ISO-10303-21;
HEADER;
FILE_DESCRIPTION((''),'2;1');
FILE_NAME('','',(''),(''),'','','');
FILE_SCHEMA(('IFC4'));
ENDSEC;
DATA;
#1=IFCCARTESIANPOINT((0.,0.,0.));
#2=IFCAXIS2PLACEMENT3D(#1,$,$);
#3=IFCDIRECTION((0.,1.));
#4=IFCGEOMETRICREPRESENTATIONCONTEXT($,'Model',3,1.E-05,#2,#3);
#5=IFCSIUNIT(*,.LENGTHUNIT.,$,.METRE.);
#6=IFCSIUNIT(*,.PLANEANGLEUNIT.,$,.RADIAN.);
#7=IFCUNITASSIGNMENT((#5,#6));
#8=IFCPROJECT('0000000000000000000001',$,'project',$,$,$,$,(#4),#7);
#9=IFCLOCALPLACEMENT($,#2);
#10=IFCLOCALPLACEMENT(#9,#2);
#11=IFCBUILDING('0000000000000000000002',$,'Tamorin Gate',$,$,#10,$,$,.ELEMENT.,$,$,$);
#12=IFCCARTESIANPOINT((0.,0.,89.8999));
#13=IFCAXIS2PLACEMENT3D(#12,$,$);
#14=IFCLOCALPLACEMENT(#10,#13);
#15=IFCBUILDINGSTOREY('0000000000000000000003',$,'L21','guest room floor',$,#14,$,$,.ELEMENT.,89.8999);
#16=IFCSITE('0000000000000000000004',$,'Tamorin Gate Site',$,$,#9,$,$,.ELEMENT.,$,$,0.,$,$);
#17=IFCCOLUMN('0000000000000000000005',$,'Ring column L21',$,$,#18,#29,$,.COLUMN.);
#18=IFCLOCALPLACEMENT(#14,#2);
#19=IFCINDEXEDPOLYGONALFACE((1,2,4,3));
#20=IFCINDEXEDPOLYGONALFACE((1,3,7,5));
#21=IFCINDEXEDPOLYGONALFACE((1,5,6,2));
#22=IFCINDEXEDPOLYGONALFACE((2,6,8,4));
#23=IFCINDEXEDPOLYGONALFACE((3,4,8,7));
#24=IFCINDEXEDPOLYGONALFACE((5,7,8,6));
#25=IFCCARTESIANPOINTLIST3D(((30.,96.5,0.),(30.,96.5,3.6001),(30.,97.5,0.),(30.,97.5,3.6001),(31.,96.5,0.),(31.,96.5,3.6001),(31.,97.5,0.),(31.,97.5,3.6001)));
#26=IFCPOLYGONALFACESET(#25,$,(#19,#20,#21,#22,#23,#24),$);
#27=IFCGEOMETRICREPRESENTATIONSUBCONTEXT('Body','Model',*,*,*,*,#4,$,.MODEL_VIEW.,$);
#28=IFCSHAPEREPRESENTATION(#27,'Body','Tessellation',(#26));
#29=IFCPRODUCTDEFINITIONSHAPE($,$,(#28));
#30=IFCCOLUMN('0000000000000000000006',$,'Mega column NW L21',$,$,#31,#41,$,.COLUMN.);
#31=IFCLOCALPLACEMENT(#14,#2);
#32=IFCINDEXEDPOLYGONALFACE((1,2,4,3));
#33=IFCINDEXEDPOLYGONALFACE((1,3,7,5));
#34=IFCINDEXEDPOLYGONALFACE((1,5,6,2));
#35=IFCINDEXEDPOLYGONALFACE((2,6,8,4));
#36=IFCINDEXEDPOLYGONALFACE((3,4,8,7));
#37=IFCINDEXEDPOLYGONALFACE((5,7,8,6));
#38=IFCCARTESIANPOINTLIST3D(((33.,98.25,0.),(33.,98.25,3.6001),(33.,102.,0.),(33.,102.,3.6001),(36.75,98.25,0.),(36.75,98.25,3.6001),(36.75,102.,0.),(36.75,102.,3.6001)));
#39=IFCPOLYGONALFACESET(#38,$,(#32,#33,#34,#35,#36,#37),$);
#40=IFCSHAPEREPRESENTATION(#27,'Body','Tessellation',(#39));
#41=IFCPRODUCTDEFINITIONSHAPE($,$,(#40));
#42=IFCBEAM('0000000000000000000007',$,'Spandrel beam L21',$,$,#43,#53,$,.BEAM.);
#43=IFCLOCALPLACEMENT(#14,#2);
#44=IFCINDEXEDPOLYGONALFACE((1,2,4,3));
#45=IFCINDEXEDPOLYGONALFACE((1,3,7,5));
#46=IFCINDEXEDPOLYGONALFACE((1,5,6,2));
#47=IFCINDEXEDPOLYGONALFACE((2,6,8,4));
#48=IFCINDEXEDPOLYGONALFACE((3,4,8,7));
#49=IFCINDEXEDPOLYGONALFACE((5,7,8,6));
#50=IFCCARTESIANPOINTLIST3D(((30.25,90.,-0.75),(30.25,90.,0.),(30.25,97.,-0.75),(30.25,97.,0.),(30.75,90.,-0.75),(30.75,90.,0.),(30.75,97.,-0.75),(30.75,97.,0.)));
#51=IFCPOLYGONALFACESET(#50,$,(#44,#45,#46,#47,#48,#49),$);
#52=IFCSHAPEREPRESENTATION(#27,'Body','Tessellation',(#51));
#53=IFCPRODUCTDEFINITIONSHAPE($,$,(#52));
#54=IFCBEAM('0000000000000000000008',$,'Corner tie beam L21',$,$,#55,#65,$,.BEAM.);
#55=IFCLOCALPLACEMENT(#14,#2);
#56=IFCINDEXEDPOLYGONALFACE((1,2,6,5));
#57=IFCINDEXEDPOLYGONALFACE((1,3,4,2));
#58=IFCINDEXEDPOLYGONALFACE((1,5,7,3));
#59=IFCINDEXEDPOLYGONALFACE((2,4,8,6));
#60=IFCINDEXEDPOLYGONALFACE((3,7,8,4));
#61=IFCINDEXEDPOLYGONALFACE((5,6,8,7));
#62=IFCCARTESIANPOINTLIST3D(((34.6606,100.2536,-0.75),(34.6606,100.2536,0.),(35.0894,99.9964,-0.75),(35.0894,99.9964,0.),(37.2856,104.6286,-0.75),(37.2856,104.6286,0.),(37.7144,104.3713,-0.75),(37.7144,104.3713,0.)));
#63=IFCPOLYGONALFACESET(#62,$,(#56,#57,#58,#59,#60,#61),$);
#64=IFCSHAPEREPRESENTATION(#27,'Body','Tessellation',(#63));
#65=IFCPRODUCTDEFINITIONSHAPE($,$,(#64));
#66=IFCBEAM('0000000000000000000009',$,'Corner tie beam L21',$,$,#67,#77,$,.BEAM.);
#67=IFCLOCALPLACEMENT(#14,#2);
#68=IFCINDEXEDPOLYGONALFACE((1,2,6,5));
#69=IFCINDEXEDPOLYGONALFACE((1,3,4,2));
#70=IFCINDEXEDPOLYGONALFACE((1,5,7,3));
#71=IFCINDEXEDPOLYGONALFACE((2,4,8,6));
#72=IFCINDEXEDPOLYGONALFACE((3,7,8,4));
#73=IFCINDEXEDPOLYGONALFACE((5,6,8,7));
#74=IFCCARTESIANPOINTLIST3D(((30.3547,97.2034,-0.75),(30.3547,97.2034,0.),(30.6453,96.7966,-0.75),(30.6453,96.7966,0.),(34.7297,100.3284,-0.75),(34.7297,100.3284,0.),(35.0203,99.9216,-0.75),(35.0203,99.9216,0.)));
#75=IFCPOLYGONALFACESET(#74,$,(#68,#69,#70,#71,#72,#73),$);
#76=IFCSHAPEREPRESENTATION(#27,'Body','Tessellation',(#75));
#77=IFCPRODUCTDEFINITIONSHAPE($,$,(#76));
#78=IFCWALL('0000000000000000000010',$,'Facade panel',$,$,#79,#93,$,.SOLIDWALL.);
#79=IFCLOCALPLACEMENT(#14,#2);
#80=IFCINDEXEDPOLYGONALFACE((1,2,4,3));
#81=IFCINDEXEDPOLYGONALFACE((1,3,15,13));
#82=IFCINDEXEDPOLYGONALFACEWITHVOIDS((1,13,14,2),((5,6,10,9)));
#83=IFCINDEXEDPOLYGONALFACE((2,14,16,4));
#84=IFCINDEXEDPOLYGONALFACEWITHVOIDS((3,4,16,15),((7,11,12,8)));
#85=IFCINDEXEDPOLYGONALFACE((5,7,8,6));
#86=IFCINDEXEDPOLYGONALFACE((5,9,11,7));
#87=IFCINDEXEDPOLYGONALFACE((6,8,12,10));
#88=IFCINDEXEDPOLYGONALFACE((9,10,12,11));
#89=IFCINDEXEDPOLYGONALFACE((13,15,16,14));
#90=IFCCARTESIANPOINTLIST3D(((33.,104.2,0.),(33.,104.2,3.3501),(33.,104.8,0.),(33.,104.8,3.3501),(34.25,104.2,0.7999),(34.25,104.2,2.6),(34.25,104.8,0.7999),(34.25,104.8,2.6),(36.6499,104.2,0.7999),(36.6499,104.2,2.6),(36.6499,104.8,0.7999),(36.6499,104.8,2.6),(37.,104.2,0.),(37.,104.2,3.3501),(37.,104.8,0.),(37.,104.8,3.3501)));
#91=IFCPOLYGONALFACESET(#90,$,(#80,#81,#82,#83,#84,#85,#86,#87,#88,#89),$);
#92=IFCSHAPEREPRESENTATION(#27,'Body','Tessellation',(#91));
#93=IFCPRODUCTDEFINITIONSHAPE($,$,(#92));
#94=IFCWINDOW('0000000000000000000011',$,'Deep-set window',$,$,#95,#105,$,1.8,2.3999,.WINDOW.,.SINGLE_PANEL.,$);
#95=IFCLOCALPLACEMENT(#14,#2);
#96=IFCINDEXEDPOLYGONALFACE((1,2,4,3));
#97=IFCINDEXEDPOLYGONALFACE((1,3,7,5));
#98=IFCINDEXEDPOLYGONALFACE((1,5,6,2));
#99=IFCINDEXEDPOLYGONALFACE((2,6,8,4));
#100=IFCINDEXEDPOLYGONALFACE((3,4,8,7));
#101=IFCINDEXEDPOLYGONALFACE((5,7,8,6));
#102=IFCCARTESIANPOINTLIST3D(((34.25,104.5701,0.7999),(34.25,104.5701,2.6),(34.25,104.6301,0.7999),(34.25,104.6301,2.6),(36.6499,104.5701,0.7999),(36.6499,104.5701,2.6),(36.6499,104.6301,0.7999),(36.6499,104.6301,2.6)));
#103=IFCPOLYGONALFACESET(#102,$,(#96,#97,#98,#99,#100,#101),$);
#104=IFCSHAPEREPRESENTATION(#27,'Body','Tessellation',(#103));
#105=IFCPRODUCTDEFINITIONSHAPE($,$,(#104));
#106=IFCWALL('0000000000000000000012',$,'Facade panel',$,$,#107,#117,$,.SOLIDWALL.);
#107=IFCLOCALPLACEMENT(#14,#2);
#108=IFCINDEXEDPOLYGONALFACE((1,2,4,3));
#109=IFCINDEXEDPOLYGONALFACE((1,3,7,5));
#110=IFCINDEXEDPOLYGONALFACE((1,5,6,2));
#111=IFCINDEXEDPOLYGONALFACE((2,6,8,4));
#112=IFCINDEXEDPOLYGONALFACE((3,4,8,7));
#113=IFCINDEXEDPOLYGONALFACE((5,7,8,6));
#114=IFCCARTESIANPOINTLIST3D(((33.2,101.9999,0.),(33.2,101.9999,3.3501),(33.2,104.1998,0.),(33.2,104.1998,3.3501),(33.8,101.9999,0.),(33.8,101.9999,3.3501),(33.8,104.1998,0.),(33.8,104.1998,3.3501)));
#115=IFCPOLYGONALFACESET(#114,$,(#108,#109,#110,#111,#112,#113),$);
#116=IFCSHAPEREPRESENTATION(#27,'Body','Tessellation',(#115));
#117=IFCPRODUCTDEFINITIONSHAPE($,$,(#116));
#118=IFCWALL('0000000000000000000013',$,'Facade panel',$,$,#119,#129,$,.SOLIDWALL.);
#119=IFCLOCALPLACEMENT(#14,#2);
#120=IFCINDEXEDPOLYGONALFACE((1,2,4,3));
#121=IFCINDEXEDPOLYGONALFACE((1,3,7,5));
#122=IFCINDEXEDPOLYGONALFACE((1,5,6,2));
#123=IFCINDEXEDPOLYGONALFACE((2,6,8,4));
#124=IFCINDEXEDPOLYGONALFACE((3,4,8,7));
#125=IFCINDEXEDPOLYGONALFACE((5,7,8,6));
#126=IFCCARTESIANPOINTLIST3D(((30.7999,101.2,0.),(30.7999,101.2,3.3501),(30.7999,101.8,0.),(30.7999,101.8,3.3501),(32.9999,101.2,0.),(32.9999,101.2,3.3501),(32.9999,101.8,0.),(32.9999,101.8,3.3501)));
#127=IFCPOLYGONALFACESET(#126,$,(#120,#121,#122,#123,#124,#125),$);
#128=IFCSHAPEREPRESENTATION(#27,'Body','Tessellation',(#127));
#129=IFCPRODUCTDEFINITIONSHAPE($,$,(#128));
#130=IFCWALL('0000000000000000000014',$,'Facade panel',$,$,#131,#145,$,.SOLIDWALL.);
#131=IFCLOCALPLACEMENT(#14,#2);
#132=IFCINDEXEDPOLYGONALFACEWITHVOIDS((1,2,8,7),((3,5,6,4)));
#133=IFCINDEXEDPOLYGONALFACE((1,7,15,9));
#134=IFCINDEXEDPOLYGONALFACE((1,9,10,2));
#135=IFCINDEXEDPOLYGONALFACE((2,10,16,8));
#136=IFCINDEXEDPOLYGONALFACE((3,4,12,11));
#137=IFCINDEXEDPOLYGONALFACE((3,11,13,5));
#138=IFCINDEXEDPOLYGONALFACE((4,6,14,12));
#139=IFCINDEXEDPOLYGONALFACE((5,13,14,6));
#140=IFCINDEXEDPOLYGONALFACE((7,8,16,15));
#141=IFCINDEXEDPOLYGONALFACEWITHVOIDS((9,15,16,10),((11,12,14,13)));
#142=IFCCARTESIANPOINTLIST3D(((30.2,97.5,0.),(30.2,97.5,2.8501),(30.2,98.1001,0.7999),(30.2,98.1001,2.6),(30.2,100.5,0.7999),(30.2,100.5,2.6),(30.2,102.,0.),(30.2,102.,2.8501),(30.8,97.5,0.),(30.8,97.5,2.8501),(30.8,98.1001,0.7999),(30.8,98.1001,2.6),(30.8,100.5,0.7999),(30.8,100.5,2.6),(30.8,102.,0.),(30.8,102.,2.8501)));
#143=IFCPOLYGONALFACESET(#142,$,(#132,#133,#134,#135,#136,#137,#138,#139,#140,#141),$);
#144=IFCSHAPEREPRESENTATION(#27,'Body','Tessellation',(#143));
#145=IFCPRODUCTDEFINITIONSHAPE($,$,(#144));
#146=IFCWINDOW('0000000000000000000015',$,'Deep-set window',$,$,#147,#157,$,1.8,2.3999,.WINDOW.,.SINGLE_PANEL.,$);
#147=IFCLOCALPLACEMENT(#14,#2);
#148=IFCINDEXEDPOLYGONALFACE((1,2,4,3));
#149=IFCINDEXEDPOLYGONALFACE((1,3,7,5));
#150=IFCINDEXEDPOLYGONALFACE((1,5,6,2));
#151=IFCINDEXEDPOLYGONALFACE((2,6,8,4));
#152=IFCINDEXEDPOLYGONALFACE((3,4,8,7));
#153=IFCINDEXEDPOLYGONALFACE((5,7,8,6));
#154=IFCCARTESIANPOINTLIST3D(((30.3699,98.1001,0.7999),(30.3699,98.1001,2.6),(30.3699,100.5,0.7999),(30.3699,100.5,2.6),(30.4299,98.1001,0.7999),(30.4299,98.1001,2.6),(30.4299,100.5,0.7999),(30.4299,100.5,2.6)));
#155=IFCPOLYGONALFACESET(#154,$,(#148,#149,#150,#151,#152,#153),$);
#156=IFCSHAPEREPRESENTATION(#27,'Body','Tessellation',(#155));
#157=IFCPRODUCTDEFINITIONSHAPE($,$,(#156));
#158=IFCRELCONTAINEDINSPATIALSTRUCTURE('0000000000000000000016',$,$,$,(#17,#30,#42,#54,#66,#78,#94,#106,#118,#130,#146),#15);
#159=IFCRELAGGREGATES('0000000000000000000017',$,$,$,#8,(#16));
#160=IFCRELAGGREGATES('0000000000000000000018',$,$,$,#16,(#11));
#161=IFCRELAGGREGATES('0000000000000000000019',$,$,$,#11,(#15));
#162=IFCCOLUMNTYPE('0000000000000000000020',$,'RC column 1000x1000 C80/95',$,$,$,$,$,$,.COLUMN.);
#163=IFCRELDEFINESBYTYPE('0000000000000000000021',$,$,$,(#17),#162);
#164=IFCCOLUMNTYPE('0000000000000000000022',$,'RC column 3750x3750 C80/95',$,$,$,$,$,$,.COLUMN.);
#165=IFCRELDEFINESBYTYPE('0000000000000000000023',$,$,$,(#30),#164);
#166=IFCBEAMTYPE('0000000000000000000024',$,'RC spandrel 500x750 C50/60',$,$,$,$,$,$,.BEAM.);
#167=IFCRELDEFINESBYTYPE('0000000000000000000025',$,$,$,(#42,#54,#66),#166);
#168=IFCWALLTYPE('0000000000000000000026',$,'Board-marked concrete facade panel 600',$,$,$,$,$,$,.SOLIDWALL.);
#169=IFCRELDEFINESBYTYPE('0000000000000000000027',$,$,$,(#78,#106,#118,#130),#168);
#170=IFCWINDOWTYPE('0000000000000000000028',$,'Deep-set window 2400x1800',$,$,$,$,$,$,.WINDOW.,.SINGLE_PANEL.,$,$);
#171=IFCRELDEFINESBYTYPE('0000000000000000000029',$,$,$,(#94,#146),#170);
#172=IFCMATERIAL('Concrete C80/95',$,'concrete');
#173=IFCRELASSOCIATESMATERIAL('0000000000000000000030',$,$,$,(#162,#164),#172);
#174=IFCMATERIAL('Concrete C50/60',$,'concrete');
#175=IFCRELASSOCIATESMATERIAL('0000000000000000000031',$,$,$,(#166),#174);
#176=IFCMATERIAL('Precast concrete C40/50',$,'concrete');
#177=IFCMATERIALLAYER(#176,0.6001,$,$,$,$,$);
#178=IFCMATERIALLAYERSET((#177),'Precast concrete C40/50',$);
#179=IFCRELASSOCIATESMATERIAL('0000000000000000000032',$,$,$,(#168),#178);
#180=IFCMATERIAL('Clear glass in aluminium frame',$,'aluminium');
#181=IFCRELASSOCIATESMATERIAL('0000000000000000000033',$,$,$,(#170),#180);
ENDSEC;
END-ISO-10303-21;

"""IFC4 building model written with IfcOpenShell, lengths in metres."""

from ifc_helpers import new_model, si_unit, direction, frame, frame_2d, origin, origin_2d, place, context, subcontext, project, spatial, rectangle, extrude, material, layer, layer_set, material_profile, profile_set, type_object, element, fill, save


model = new_model("IFC4")

# Units and contexts
model_context = context("Model", 3, precision=1e-05, world=origin(), true_north=direction((0.0, 1.0)))
body_context = subcontext(model_context, "Body", "Model", "MODEL_VIEW")
ifc_project = project(units=[si_unit("LENGTHUNIT", "METRE"), si_unit("PLANEANGLEUNIT", "RADIAN")], contexts=[model_context])

# Site, building, storey
site_placement = place(None, origin())
site = spatial("IfcSite", under=ifc_project, at=site_placement, Name="Tamorin Gate Site", CompositionType="ELEMENT", RefElevation=0.0)
building_placement = place(site_placement, origin())
building = spatial("IfcBuilding", under=site, at=building_placement, Name="Tamorin Gate", CompositionType="ELEMENT")
storey_placement = place(building_placement, frame((0.0, 0.0, 89.8999)))
storey = spatial("IfcBuildingStorey", under=building, at=storey_placement, Name="L21", Description="guest room floor", CompositionType="ELEMENT", Elevation=89.8999)

# Columns
ifc_material_1 = material(Name="Concrete C80/95", Category="concrete")
ifc_material_profile_1 = material_profile(ifc_material_1, rectangle(XDim=1.0, YDim=1.0, at=origin_2d()), Name="RC 1000x1000")
ifc_profile_set_1 = profile_set([ifc_material_profile_1], Name="Concrete C80/95")
column_type_1 = type_object("IfcColumnType", Name="RC column 1000x1000 C80/95", PredefinedType="COLUMN", material=ifc_profile_set_1)
column_1_placement = place(storey_placement, frame((30.5, 97.0, 0.0), z_axis=(0.0, 0.0, 1.0), x_axis=(1.0, 0.0, 0.0)))
element("IfcColumn", 1, at=column_1_placement, inside=storey, type_object=column_type_1, Name="Ring column L21", PredefinedType="COLUMN", context=body_context, shape_type="SweptSolid", body=[
    extrude(rectangle(XDim=1.0, YDim=1.0, at=origin_2d()), origin(), (0.0, 0.0, 1.0), 3.6001),
])
ifc_material_profile_2 = material_profile(ifc_material_1, rectangle(XDim=3.75, YDim=3.75, at=origin_2d()), Name="RC 3750x3750")
ifc_profile_set_2 = profile_set([ifc_material_profile_2], Name="Concrete C80/95")
column_type_2 = type_object("IfcColumnType", Name="RC column 3750x3750 C80/95", PredefinedType="COLUMN", material=ifc_profile_set_2)
column_2_placement = place(storey_placement, frame((34.875, 100.125, 0.0), z_axis=(0.0, 0.0, 1.0), x_axis=(1.0, 0.0, 0.0)))
element("IfcColumn", 2, at=column_2_placement, inside=storey, type_object=column_type_2, Name="Mega column NW L21", PredefinedType="COLUMN", context=body_context, shape_type="SweptSolid", body=[
    extrude(rectangle(XDim=3.75, YDim=3.75, at=origin_2d()), origin(), (0.0, 0.0, 1.0), 3.6001),
])

# Beams
ifc_material_2 = material(Name="Concrete C50/60", Category="concrete")
ifc_material_profile_3 = material_profile(ifc_material_2, rectangle(XDim=0.5, YDim=0.75, at=origin_2d()), Name="RC 500x750")
ifc_profile_set_3 = profile_set([ifc_material_profile_3], Name="Concrete C50/60")
beam_type = type_object("IfcBeamType", Name="RC spandrel 500x750 C50/60", PredefinedType="BEAM", material=ifc_profile_set_3)
beam_1_placement = place(storey_placement, frame((30.5, 97.0, -0.375), z_axis=(0.0, -1.0, 0.0), x_axis=(1.0, 0.0, 0.0)))
element("IfcBeam", 3, at=beam_1_placement, inside=storey, type_object=beam_type, Name="Spandrel beam L21", PredefinedType="BEAM", context=body_context, shape_type="SweptSolid", body=[
    extrude(rectangle(XDim=0.5, YDim=0.75, at=origin_2d()), origin(), (0.0, 0.0, 1.0), 7.0),
])
beam_2_placement = place(storey_placement, frame((34.875, 100.125, -0.375), z_axis=(0.514496, 0.857493, 0.0), x_axis=(-0.857493, 0.514496, 0.0)))
element("IfcBeam", 4, at=beam_2_placement, inside=storey, type_object=beam_type, Name="Corner tie beam L21", PredefinedType="BEAM", context=body_context, shape_type="SweptSolid", body=[
    extrude(rectangle(XDim=0.5, YDim=0.75, at=origin_2d()), origin(), (0.0, 0.0, 1.0), 5.1021),
])
beam_3_placement = place(storey_placement, frame((34.875, 100.125, -0.375), z_axis=(-0.813733, -0.581238, 0.0), x_axis=(0.581238, -0.813733, 0.0)))
element("IfcBeam", 5, at=beam_3_placement, inside=storey, type_object=beam_type, Name="Corner tie beam L21", PredefinedType="BEAM", context=body_context, shape_type="SweptSolid", body=[
    extrude(rectangle(XDim=0.5, YDim=0.75, at=origin_2d()), origin(), (0.0, 0.0, 1.0), 5.3765),
])

# Wall, opening, window
ifc_material_3 = material(Name="Precast concrete C40/50", Category="concrete")
ifc_layer_1 = layer(ifc_material_3, 0.6001)
ifc_layer_set_1 = layer_set([ifc_layer_1], Name="Precast concrete C40/50")
wall_type_1 = type_object("IfcWallType", Name="Board-marked concrete facade panel 600", PredefinedType="SOLIDWALL", material=ifc_layer_set_1)
wall_1_placement = place(storey_placement, frame((37.0, 104.5, 0.0), z_axis=(0.0, 0.0, 1.0), x_axis=(-1.0, 0.0, 0.0)))
wall_1 = element("IfcWall", 6, at=wall_1_placement, inside=storey, type_object=wall_type_1, Name="Facade panel", PredefinedType="SOLIDWALL", context=body_context, shape_type="SweptSolid", body=[
    extrude(rectangle(XDim=4.0, YDim=0.6001, at=frame_2d((2.0, 0.0))), origin(), (0.0, 0.0, 1.0), 3.3501),
])
opening_1_placement = place(wall_1_placement, frame((0.3501, 0.0, 0.8)))
opening_1 = element("IfcOpeningElement", 7, at=opening_1_placement, cuts=wall_1, PredefinedType="OPENING", context=body_context, shape_type="SweptSolid", body=[
    extrude(rectangle(XDim=2.3999, YDim=1.8, at=frame_2d((1.2, 0.8999))), frame((0.0, 0.3101, 0.0), z_axis=(0.0, -1.0, 0.0), x_axis=(1.0, 0.0, 0.0)), (0.0, 0.0, 1.0), 0.6201),
])
ifc_material_4 = material(Name="Clear glass in aluminium frame", Category="aluminium")
window_type = type_object("IfcWindowType", Name="Deep-set window 2400x1800", PartitioningType="SINGLE_PANEL", PredefinedType="WINDOW", material=ifc_material_4)
window_1_placement = place(opening_1_placement, origin())
window_1 = element("IfcWindow", 8, at=window_1_placement, inside=storey, type_object=window_type, Name="Deep-set window", OverallHeight=1.8, OverallWidth=2.3999, PartitioningType="SINGLE_PANEL", PredefinedType="WINDOW", context=body_context, shape_type="SweptSolid", body=[
    extrude(rectangle(XDim=2.3999, YDim=1.8, at=frame_2d((1.2, 0.8999))), frame((0.0, -0.0701, 0.0), z_axis=(0.0, -1.0, 0.0), x_axis=(1.0, 0.0, 0.0)), (0.0, 0.0, 1.0), 0.0601),
])
fill(opening_1, window_1)

# Walls
for number, where, z_axis, x_axis, name in (
    (9, (33.5, 104.2, 0.0), (0.0, 0.0, 1.0), (0.0, -1.0, 0.0), "Facade panel"),
    (10, (33.0, 101.5, 0.0), (0.0, 0.0, 1.0), (-1.0, 0.0, 0.0), "Facade panel"),
):
    element("IfcWall", number, at=place(storey_placement, frame(where, z_axis=z_axis, x_axis=x_axis)), inside=storey, type_object=wall_type_1, Name=name, PredefinedType="SOLIDWALL", context=body_context, shape_type="SweptSolid", body=[
        extrude(rectangle(XDim=2.2, YDim=0.6001, at=frame_2d((1.1001, 0.0))), origin(), (0.0, 0.0, 1.0), 3.3501),
    ])

# Wall, opening, window
wall_2_placement = place(storey_placement, frame((30.5, 102.0, 0.0), z_axis=(0.0, 0.0, 1.0), x_axis=(0.0, -1.0, 0.0)))
wall_2 = element("IfcWall", 11, at=wall_2_placement, inside=storey, type_object=wall_type_1, Name="Facade panel", PredefinedType="SOLIDWALL", context=body_context, shape_type="SweptSolid", body=[
    extrude(rectangle(XDim=4.5, YDim=0.6001, at=frame_2d((2.25, 0.0))), origin(), (0.0, 0.0, 1.0), 2.8501),
])
opening_2_placement = place(wall_2_placement, frame((1.5, 0.0, 0.8)))
opening_2 = element("IfcOpeningElement", 12, at=opening_2_placement, cuts=wall_2, PredefinedType="OPENING", context=body_context, shape_type="SweptSolid", body=[
    extrude(rectangle(XDim=2.3999, YDim=1.8, at=frame_2d((1.2, 0.8999))), frame((0.0, 0.3101, 0.0), z_axis=(0.0, -1.0, 0.0), x_axis=(1.0, 0.0, 0.0)), (0.0, 0.0, 1.0), 0.6201),
])
window_2_placement = place(opening_2_placement, origin())
window_2 = element("IfcWindow", 13, at=window_2_placement, inside=storey, type_object=window_type, Name="Deep-set window", OverallHeight=1.8, OverallWidth=2.3999, PartitioningType="SINGLE_PANEL", PredefinedType="WINDOW", context=body_context, shape_type="SweptSolid", body=[
    extrude(rectangle(XDim=2.3999, YDim=1.8, at=frame_2d((1.2, 0.8999))), frame((0.0, -0.0701, 0.0), z_axis=(0.0, -1.0, 0.0), x_axis=(1.0, 0.0, 0.0)), (0.0, 0.0, 1.0), 0.0601),
])
fill(opening_2, window_2)

save(model, "model.ifc")
